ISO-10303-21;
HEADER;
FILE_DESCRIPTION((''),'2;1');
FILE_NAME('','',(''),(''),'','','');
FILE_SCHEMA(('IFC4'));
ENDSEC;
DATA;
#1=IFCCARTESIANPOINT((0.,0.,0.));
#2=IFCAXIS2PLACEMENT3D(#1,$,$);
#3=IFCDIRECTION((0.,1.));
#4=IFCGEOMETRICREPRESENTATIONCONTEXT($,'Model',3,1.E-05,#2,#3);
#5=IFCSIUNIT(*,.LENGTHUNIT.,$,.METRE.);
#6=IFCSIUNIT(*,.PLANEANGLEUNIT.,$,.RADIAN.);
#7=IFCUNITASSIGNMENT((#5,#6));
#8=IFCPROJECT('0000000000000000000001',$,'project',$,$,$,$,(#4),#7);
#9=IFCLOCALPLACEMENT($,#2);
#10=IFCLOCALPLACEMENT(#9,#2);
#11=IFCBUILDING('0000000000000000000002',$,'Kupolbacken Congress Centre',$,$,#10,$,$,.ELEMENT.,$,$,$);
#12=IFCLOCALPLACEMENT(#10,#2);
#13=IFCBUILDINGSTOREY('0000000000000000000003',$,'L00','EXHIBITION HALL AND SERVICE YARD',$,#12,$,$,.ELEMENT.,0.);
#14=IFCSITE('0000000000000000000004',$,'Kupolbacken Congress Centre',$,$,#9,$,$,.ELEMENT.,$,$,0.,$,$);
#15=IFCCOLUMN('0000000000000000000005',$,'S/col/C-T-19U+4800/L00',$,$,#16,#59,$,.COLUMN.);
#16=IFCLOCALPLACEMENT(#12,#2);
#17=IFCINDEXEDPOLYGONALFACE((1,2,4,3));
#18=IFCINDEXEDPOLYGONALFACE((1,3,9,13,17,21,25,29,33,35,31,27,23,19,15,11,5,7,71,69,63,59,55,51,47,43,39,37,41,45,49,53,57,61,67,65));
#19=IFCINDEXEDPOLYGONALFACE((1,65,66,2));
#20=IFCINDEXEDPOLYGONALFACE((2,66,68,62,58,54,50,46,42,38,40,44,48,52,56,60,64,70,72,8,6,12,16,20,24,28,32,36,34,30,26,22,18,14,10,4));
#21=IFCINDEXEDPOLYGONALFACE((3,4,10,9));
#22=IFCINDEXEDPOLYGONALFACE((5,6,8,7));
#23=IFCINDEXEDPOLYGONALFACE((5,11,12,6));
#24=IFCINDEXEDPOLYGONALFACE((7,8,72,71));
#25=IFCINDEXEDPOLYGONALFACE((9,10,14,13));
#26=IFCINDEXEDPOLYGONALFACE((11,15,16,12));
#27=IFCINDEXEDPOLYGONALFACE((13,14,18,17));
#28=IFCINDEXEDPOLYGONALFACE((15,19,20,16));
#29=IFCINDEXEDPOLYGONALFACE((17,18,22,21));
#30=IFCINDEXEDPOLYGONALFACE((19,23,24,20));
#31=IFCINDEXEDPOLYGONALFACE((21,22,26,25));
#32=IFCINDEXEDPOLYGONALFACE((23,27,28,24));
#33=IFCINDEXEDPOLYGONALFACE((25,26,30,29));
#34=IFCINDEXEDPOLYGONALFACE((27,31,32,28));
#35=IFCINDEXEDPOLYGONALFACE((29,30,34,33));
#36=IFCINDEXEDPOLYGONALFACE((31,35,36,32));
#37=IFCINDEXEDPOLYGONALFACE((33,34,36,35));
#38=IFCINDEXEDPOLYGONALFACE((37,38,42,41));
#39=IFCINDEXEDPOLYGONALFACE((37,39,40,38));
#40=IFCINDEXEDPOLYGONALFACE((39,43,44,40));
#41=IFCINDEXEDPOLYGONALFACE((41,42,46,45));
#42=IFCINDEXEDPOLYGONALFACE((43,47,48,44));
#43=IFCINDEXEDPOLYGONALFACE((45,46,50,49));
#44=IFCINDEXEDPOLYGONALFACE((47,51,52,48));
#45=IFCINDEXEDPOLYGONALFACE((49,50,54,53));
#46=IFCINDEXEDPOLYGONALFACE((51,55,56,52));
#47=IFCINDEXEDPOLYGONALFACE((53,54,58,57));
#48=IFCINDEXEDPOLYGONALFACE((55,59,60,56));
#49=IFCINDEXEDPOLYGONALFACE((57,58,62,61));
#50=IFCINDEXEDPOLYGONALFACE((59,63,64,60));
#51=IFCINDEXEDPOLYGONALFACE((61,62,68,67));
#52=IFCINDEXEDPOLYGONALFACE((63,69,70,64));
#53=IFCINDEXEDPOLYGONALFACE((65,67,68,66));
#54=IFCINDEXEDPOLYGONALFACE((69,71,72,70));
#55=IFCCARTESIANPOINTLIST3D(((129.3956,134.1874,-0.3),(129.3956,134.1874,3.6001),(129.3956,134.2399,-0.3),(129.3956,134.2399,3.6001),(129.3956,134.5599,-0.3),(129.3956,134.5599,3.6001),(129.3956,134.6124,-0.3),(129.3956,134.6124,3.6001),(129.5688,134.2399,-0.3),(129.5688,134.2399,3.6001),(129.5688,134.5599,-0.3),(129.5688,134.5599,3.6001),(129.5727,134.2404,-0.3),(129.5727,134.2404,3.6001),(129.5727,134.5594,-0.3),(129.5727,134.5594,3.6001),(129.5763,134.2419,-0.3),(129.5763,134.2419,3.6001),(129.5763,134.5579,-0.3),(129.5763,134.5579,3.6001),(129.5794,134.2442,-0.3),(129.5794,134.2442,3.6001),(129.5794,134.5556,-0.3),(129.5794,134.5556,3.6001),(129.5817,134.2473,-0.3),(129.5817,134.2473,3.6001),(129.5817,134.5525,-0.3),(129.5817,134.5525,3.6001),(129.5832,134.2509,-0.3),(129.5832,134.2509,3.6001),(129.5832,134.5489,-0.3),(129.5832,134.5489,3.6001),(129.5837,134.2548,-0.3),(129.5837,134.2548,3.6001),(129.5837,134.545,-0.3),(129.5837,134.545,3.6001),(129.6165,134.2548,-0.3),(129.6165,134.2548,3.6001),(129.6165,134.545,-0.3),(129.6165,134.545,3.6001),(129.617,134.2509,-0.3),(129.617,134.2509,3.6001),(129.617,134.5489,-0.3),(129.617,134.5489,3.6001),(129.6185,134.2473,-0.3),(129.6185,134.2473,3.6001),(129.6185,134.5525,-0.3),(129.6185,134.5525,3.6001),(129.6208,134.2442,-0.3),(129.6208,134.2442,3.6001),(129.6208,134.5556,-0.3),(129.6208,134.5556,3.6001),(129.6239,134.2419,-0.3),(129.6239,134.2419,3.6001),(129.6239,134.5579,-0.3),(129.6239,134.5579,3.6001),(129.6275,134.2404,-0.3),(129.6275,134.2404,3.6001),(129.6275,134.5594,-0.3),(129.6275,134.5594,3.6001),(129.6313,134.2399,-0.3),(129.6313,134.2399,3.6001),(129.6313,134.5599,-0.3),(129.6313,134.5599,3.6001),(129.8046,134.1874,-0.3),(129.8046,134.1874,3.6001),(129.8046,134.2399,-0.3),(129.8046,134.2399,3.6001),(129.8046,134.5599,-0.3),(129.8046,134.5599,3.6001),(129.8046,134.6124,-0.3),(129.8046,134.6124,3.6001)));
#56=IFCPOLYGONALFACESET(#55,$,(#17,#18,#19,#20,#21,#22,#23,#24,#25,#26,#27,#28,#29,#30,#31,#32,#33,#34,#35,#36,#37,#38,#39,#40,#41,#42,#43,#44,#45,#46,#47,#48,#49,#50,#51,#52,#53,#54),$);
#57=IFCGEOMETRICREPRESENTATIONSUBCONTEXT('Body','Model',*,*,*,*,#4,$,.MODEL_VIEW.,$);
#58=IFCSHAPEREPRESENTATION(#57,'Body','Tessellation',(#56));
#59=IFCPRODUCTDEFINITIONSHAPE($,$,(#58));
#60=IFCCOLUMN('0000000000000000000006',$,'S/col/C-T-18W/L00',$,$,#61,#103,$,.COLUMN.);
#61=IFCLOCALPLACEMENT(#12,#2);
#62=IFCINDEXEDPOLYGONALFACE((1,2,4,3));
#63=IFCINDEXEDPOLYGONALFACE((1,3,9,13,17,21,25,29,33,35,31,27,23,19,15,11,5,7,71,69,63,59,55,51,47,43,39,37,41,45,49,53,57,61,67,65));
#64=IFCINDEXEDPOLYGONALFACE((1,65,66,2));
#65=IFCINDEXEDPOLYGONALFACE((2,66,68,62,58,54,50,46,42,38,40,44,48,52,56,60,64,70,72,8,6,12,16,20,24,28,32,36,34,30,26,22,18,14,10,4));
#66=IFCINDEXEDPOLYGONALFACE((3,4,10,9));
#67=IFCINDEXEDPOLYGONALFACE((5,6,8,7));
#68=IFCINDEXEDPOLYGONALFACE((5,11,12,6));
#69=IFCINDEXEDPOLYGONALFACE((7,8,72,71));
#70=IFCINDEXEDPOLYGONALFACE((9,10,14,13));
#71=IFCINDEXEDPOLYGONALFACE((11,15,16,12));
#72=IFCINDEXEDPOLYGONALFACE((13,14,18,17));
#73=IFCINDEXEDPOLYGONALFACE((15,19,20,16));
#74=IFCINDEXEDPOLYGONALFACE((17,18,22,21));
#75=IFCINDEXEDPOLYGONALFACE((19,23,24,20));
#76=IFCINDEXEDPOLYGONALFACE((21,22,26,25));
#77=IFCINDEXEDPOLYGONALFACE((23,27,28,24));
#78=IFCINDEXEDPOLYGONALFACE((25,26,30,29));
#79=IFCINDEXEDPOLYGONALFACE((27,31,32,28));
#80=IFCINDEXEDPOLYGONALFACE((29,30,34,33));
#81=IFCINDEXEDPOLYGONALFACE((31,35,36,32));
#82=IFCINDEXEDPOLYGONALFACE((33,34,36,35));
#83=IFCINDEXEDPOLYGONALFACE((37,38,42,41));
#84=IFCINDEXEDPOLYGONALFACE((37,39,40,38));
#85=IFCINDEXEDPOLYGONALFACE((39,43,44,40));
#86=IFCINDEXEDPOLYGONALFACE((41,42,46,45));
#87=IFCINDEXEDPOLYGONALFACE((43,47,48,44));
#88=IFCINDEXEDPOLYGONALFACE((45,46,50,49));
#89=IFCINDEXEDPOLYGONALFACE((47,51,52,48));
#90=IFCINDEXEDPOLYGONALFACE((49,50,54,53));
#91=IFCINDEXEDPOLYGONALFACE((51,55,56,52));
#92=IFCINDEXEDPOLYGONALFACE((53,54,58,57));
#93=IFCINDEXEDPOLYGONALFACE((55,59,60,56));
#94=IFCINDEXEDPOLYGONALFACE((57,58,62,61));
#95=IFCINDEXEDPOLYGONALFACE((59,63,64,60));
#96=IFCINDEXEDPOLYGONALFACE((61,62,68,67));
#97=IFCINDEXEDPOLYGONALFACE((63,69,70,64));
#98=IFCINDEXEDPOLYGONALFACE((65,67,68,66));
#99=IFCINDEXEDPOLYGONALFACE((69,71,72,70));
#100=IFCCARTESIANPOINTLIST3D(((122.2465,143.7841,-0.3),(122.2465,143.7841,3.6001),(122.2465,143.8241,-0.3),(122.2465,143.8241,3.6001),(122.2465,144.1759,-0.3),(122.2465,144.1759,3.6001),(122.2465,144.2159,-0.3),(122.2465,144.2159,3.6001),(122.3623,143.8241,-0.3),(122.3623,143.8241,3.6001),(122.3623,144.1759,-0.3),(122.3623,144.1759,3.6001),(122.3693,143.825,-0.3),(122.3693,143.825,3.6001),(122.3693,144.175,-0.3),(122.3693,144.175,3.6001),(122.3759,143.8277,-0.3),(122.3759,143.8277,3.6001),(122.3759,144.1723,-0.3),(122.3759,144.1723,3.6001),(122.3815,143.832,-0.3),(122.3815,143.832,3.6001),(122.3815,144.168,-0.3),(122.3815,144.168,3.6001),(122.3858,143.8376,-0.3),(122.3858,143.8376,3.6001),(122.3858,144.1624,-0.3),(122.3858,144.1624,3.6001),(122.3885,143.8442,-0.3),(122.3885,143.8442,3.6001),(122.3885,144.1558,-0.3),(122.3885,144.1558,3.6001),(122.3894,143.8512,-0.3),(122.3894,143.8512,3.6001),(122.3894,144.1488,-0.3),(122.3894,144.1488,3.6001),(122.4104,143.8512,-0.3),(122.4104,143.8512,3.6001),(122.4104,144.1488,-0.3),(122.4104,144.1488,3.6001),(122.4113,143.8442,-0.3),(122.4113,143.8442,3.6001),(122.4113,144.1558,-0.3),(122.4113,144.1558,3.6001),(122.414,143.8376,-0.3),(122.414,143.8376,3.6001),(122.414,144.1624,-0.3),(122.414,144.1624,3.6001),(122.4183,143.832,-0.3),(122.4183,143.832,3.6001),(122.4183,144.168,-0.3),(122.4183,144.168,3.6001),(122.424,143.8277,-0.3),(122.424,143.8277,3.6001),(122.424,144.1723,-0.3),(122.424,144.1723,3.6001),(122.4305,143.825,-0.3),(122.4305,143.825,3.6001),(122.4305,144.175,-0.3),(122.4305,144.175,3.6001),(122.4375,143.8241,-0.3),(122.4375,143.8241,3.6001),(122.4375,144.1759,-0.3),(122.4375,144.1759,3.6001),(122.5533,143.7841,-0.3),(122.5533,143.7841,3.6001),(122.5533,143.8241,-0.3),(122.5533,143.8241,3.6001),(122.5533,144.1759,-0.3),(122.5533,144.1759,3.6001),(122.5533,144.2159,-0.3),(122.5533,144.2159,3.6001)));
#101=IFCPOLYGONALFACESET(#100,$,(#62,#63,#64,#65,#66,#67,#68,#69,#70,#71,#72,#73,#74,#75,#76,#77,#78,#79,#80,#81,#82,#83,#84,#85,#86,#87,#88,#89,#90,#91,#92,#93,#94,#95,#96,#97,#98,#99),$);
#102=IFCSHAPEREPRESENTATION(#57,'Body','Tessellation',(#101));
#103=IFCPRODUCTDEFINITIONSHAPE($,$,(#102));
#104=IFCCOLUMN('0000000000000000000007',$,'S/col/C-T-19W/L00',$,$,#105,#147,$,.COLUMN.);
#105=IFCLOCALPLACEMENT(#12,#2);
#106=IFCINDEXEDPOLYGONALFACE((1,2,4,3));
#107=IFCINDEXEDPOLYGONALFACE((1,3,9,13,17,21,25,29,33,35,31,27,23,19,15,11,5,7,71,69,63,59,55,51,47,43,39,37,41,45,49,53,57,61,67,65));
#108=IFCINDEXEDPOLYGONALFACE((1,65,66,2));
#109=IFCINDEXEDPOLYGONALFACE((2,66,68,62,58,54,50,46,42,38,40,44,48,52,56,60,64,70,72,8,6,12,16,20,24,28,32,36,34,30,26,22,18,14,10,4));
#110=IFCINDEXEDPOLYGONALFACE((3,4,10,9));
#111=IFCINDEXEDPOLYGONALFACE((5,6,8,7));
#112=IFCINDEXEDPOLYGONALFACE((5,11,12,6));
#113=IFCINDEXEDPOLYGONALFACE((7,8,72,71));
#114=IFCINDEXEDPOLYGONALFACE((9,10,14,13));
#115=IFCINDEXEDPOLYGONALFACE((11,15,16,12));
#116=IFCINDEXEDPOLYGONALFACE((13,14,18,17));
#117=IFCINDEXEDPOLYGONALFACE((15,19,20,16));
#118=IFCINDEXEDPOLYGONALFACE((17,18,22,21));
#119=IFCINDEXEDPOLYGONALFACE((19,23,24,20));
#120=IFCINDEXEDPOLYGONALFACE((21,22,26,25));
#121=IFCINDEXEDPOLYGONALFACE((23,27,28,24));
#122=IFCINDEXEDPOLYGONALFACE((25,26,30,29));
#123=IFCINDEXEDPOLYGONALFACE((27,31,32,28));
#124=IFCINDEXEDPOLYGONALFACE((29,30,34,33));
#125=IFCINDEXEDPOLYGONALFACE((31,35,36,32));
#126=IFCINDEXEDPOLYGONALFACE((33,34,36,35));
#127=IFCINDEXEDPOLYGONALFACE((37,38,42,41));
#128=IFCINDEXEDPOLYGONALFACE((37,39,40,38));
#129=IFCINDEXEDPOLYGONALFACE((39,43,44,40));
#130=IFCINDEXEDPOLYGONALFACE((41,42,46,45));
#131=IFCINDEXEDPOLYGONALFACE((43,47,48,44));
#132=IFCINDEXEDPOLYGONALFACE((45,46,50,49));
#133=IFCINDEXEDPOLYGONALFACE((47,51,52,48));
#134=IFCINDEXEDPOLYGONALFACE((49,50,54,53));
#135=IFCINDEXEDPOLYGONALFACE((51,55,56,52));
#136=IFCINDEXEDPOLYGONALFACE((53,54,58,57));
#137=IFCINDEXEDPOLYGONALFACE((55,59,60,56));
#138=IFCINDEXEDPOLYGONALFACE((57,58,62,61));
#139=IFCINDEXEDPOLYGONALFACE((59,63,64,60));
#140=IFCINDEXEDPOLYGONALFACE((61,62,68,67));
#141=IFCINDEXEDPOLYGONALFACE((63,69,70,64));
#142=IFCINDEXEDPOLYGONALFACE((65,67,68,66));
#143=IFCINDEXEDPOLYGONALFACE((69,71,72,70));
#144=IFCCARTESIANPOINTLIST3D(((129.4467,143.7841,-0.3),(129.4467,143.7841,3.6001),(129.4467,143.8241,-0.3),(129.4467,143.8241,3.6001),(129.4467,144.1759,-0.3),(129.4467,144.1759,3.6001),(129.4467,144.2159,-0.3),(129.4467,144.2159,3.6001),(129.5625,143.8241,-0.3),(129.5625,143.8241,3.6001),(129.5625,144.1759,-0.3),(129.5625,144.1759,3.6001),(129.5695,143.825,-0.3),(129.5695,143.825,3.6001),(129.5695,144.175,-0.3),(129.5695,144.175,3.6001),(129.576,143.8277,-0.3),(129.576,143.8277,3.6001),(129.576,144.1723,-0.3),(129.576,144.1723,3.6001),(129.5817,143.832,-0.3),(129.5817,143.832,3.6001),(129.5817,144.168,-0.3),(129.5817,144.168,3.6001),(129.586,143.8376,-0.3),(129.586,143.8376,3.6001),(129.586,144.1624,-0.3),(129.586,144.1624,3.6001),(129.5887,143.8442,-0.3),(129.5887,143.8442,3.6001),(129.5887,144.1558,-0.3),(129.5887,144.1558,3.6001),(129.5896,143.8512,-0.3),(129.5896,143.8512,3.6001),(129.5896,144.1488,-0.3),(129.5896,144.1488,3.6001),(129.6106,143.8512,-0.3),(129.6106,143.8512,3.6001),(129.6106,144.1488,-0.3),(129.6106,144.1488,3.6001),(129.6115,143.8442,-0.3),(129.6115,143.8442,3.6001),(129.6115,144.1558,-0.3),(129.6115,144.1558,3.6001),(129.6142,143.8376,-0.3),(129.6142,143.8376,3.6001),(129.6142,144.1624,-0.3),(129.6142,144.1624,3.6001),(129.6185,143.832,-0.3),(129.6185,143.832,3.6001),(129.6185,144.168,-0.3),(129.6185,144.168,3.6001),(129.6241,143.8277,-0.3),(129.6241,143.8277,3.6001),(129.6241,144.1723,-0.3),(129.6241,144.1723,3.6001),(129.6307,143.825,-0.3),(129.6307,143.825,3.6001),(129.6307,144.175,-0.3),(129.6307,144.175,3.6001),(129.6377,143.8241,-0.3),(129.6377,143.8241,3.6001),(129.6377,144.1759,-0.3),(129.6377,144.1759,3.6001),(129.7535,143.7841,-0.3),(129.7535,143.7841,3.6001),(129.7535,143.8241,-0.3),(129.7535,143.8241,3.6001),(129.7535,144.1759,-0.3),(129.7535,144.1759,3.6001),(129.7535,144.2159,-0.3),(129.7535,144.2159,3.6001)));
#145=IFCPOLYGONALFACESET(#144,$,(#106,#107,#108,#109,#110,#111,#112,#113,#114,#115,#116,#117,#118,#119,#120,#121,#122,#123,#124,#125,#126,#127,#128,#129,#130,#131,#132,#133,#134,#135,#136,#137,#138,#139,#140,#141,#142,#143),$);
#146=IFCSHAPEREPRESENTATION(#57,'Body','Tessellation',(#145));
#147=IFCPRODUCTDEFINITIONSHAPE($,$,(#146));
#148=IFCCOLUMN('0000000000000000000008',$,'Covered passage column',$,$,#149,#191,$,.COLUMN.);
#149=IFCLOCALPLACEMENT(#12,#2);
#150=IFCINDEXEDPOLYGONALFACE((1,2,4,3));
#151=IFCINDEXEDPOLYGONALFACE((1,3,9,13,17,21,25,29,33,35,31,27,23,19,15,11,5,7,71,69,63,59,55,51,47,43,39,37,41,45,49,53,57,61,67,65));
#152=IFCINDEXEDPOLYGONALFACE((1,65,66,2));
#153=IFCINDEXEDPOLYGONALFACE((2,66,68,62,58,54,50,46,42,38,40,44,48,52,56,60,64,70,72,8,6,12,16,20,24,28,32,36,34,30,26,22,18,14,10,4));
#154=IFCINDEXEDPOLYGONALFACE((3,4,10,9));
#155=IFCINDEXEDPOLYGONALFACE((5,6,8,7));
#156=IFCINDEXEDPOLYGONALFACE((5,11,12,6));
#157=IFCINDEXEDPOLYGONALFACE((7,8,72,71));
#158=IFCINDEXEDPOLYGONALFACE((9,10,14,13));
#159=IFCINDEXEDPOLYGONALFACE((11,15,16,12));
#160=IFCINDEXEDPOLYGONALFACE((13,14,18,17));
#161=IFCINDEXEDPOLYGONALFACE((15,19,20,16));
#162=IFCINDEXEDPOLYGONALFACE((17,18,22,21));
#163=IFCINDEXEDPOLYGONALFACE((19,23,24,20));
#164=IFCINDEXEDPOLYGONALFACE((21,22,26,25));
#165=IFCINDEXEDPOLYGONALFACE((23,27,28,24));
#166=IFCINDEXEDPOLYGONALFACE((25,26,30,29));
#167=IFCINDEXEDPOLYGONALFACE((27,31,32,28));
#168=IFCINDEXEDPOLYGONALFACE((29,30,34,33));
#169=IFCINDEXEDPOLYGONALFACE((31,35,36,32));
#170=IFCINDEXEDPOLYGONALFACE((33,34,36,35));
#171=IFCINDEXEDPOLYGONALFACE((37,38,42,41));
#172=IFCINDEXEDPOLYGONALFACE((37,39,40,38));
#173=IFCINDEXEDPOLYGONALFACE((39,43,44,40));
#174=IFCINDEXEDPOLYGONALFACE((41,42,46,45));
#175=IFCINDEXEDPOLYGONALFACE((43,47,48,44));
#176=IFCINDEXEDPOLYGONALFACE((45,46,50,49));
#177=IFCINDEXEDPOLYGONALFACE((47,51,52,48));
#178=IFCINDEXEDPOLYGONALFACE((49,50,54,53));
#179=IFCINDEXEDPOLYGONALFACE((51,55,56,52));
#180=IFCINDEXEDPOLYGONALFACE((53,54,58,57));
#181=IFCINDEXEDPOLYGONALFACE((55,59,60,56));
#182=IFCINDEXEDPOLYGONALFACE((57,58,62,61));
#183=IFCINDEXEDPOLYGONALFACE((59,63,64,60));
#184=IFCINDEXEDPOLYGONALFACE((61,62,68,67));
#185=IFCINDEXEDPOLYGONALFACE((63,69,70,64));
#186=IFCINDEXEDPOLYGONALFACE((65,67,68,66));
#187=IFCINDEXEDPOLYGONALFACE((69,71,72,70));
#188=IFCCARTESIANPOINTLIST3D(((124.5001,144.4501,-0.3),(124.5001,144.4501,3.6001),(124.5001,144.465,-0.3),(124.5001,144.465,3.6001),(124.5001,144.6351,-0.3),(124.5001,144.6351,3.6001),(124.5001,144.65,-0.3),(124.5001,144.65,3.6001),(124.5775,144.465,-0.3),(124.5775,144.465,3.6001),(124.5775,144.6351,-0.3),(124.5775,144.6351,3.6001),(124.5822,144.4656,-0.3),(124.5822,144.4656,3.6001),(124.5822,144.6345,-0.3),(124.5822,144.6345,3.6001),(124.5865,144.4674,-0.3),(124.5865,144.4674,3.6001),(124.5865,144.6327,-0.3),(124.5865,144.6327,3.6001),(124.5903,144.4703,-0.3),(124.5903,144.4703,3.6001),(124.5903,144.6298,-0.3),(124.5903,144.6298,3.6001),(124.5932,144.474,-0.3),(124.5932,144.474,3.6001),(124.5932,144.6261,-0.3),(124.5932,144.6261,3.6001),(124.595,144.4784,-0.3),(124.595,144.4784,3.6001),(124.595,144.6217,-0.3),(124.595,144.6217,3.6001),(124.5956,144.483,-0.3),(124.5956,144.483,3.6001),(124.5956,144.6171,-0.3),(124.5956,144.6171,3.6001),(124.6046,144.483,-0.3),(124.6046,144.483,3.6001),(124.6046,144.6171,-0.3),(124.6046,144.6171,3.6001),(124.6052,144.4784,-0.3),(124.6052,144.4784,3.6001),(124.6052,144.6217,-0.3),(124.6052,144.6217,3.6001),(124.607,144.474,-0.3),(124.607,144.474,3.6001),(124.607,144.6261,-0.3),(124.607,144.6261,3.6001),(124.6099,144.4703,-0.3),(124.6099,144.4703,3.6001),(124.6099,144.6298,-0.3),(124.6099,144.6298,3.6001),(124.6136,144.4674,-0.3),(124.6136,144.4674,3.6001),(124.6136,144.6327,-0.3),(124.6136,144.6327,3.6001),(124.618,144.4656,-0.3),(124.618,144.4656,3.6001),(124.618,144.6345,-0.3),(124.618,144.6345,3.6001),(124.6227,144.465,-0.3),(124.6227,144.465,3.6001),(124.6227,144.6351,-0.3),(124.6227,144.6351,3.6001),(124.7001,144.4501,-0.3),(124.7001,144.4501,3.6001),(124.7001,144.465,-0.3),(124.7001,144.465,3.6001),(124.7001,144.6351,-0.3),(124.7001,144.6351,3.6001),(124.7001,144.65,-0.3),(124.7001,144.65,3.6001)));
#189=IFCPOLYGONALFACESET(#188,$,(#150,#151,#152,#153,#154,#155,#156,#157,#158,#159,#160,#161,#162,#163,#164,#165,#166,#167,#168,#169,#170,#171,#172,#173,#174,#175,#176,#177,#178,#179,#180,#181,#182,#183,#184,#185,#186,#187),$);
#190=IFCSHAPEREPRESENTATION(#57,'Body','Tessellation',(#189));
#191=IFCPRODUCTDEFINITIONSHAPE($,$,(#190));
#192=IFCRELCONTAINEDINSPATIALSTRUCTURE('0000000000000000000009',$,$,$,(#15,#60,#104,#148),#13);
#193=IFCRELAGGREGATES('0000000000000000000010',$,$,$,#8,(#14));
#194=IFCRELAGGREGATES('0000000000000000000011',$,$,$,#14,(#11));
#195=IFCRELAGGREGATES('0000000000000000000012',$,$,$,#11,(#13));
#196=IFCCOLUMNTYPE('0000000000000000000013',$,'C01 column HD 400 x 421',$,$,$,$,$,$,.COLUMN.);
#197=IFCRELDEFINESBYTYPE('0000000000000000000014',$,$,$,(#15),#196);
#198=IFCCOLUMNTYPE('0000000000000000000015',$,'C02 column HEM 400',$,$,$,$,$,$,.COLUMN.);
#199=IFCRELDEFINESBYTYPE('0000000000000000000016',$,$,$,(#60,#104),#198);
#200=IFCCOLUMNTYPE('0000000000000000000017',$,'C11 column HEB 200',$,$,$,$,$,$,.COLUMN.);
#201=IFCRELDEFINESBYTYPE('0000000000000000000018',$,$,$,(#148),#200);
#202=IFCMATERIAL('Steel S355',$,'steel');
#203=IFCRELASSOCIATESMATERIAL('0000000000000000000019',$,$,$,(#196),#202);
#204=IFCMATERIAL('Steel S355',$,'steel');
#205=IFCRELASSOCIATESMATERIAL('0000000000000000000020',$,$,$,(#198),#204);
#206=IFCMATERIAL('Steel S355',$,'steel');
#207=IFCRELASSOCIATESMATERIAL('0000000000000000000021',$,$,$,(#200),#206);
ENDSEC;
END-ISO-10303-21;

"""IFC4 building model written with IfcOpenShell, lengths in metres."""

from ifc_helpers import new_model, si_unit, direction, frame, origin, origin_2d, place, context, subcontext, project, spatial, i_section, extrude, material, material_profile, profile_set, type_object, element, save


model = new_model("IFC4")

# Units and contexts
model_context = context("Model", 3, precision=1e-05, world=origin(), true_north=direction((0.0, 1.0)))
body_context = subcontext(model_context, "Body", "Model", "MODEL_VIEW")
ifc_project = project(units=[si_unit("LENGTHUNIT", "METRE"), si_unit("PLANEANGLEUNIT", "RADIAN")], contexts=[model_context])

# Site, building, storey
site_placement = place(None, origin())
site = spatial("IfcSite", under=ifc_project, at=site_placement, Name="Kupolbacken Congress Centre", CompositionType="ELEMENT", RefElevation=0.0)
building_placement = place(site_placement, origin())
building = spatial("IfcBuilding", under=site, at=building_placement, Name="Kupolbacken Congress Centre", CompositionType="ELEMENT")
storey_placement = place(building_placement, origin())
storey = spatial("IfcBuildingStorey", under=building, at=storey_placement, Name="L00", Description="EXHIBITION HALL AND SERVICE YARD", CompositionType="ELEMENT", Elevation=0.0)

# Columns
ifc_material_1 = material(Name="Steel S355", Category="steel")
ifc_material_profile_1 = material_profile(ifc_material_1, i_section(OverallWidth=0.4089, OverallDepth=0.425, WebThickness=0.0327, FlangeThickness=0.0525, FilletRadius=0.0149, at=origin_2d()), Name="HD 400 x 421")
ifc_profile_set_1 = profile_set([ifc_material_profile_1], Name="Steel S355")
column_type_1 = type_object("IfcColumnType", Name="C01 column HD 400 x 421", PredefinedType="COLUMN", material=ifc_profile_set_1)
column_placement = place(storey_placement, frame((129.6001, 134.3999, -0.3), z_axis=(0.0, 0.0, 1.0), x_axis=(1.0, 0.0, 0.0)))
element("IfcColumn", 1, at=column_placement, inside=storey, type_object=column_type_1, Name="S/col/C-T-19U+4800/L00", PredefinedType="COLUMN", context=body_context, shape_type="SweptSolid", body=[
    extrude(i_section(OverallWidth=0.4089, OverallDepth=0.425, WebThickness=0.0327, FlangeThickness=0.0525, FilletRadius=0.0149, at=origin_2d()), origin(), (0.0, 0.0, 1.0), 3.9001),
])
ifc_material_2 = material(Name="Steel S355", Category="steel")
ifc_material_profile_2 = material_profile(ifc_material_2, i_section(OverallWidth=0.3069, OverallDepth=0.4319, WebThickness=0.021, FlangeThickness=0.04, FilletRadius=0.0271, at=origin_2d()), Name="HEM 400")
ifc_profile_set_2 = profile_set([ifc_material_profile_2], Name="Steel S355")
column_type_2 = type_object("IfcColumnType", Name="C02 column HEM 400", PredefinedType="COLUMN", material=ifc_profile_set_2)
for number, where, z_axis, x_axis, name in (
    (2, (122.3999, 144.0, -0.3), (0.0, 0.0, 1.0), (1.0, 0.0, 0.0), "S/col/C-T-18W/L00"),
    (3, (129.6001, 144.0, -0.3), (0.0, 0.0, 1.0), (1.0, 0.0, 0.0), "S/col/C-T-19W/L00"),
):
    element("IfcColumn", number, at=place(storey_placement, frame(where, z_axis=z_axis, x_axis=x_axis)), inside=storey, type_object=column_type_2, Name=name, PredefinedType="COLUMN", context=body_context, shape_type="SweptSolid", body=[
        extrude(i_section(OverallWidth=0.3069, OverallDepth=0.4319, WebThickness=0.021, FlangeThickness=0.04, FilletRadius=0.0271, at=origin_2d()), origin(), (0.0, 0.0, 1.0), 3.9001),
    ])
ifc_material_3 = material(Name="Steel S355", Category="steel")
ifc_material_profile_3 = material_profile(ifc_material_3, i_section(OverallWidth=0.2, OverallDepth=0.2, WebThickness=0.009, FlangeThickness=0.0149, FilletRadius=0.0181, at=origin_2d()), Name="HEB 200")
ifc_profile_set_3 = profile_set([ifc_material_profile_3], Name="Steel S355")
column_type_3 = type_object("IfcColumnType", Name="C11 column HEB 200", PredefinedType="COLUMN", material=ifc_profile_set_3)
for number, where, z_axis, x_axis, name in (
    (4, (124.6001, 144.55, -0.3), (0.0, 0.0, 1.0), (1.0, 0.0, 0.0), "Covered passage column"),
):
    element("IfcColumn", number, at=place(storey_placement, frame(where, z_axis=z_axis, x_axis=x_axis)), inside=storey, type_object=column_type_3, Name=name, PredefinedType="COLUMN", context=body_context, shape_type="SweptSolid", body=[
        extrude(i_section(OverallWidth=0.2, OverallDepth=0.2, WebThickness=0.009, FlangeThickness=0.0149, FilletRadius=0.0181, at=origin_2d()), origin(), (0.0, 0.0, 1.0), 3.9001),
    ])

save(model, "model.ifc")
